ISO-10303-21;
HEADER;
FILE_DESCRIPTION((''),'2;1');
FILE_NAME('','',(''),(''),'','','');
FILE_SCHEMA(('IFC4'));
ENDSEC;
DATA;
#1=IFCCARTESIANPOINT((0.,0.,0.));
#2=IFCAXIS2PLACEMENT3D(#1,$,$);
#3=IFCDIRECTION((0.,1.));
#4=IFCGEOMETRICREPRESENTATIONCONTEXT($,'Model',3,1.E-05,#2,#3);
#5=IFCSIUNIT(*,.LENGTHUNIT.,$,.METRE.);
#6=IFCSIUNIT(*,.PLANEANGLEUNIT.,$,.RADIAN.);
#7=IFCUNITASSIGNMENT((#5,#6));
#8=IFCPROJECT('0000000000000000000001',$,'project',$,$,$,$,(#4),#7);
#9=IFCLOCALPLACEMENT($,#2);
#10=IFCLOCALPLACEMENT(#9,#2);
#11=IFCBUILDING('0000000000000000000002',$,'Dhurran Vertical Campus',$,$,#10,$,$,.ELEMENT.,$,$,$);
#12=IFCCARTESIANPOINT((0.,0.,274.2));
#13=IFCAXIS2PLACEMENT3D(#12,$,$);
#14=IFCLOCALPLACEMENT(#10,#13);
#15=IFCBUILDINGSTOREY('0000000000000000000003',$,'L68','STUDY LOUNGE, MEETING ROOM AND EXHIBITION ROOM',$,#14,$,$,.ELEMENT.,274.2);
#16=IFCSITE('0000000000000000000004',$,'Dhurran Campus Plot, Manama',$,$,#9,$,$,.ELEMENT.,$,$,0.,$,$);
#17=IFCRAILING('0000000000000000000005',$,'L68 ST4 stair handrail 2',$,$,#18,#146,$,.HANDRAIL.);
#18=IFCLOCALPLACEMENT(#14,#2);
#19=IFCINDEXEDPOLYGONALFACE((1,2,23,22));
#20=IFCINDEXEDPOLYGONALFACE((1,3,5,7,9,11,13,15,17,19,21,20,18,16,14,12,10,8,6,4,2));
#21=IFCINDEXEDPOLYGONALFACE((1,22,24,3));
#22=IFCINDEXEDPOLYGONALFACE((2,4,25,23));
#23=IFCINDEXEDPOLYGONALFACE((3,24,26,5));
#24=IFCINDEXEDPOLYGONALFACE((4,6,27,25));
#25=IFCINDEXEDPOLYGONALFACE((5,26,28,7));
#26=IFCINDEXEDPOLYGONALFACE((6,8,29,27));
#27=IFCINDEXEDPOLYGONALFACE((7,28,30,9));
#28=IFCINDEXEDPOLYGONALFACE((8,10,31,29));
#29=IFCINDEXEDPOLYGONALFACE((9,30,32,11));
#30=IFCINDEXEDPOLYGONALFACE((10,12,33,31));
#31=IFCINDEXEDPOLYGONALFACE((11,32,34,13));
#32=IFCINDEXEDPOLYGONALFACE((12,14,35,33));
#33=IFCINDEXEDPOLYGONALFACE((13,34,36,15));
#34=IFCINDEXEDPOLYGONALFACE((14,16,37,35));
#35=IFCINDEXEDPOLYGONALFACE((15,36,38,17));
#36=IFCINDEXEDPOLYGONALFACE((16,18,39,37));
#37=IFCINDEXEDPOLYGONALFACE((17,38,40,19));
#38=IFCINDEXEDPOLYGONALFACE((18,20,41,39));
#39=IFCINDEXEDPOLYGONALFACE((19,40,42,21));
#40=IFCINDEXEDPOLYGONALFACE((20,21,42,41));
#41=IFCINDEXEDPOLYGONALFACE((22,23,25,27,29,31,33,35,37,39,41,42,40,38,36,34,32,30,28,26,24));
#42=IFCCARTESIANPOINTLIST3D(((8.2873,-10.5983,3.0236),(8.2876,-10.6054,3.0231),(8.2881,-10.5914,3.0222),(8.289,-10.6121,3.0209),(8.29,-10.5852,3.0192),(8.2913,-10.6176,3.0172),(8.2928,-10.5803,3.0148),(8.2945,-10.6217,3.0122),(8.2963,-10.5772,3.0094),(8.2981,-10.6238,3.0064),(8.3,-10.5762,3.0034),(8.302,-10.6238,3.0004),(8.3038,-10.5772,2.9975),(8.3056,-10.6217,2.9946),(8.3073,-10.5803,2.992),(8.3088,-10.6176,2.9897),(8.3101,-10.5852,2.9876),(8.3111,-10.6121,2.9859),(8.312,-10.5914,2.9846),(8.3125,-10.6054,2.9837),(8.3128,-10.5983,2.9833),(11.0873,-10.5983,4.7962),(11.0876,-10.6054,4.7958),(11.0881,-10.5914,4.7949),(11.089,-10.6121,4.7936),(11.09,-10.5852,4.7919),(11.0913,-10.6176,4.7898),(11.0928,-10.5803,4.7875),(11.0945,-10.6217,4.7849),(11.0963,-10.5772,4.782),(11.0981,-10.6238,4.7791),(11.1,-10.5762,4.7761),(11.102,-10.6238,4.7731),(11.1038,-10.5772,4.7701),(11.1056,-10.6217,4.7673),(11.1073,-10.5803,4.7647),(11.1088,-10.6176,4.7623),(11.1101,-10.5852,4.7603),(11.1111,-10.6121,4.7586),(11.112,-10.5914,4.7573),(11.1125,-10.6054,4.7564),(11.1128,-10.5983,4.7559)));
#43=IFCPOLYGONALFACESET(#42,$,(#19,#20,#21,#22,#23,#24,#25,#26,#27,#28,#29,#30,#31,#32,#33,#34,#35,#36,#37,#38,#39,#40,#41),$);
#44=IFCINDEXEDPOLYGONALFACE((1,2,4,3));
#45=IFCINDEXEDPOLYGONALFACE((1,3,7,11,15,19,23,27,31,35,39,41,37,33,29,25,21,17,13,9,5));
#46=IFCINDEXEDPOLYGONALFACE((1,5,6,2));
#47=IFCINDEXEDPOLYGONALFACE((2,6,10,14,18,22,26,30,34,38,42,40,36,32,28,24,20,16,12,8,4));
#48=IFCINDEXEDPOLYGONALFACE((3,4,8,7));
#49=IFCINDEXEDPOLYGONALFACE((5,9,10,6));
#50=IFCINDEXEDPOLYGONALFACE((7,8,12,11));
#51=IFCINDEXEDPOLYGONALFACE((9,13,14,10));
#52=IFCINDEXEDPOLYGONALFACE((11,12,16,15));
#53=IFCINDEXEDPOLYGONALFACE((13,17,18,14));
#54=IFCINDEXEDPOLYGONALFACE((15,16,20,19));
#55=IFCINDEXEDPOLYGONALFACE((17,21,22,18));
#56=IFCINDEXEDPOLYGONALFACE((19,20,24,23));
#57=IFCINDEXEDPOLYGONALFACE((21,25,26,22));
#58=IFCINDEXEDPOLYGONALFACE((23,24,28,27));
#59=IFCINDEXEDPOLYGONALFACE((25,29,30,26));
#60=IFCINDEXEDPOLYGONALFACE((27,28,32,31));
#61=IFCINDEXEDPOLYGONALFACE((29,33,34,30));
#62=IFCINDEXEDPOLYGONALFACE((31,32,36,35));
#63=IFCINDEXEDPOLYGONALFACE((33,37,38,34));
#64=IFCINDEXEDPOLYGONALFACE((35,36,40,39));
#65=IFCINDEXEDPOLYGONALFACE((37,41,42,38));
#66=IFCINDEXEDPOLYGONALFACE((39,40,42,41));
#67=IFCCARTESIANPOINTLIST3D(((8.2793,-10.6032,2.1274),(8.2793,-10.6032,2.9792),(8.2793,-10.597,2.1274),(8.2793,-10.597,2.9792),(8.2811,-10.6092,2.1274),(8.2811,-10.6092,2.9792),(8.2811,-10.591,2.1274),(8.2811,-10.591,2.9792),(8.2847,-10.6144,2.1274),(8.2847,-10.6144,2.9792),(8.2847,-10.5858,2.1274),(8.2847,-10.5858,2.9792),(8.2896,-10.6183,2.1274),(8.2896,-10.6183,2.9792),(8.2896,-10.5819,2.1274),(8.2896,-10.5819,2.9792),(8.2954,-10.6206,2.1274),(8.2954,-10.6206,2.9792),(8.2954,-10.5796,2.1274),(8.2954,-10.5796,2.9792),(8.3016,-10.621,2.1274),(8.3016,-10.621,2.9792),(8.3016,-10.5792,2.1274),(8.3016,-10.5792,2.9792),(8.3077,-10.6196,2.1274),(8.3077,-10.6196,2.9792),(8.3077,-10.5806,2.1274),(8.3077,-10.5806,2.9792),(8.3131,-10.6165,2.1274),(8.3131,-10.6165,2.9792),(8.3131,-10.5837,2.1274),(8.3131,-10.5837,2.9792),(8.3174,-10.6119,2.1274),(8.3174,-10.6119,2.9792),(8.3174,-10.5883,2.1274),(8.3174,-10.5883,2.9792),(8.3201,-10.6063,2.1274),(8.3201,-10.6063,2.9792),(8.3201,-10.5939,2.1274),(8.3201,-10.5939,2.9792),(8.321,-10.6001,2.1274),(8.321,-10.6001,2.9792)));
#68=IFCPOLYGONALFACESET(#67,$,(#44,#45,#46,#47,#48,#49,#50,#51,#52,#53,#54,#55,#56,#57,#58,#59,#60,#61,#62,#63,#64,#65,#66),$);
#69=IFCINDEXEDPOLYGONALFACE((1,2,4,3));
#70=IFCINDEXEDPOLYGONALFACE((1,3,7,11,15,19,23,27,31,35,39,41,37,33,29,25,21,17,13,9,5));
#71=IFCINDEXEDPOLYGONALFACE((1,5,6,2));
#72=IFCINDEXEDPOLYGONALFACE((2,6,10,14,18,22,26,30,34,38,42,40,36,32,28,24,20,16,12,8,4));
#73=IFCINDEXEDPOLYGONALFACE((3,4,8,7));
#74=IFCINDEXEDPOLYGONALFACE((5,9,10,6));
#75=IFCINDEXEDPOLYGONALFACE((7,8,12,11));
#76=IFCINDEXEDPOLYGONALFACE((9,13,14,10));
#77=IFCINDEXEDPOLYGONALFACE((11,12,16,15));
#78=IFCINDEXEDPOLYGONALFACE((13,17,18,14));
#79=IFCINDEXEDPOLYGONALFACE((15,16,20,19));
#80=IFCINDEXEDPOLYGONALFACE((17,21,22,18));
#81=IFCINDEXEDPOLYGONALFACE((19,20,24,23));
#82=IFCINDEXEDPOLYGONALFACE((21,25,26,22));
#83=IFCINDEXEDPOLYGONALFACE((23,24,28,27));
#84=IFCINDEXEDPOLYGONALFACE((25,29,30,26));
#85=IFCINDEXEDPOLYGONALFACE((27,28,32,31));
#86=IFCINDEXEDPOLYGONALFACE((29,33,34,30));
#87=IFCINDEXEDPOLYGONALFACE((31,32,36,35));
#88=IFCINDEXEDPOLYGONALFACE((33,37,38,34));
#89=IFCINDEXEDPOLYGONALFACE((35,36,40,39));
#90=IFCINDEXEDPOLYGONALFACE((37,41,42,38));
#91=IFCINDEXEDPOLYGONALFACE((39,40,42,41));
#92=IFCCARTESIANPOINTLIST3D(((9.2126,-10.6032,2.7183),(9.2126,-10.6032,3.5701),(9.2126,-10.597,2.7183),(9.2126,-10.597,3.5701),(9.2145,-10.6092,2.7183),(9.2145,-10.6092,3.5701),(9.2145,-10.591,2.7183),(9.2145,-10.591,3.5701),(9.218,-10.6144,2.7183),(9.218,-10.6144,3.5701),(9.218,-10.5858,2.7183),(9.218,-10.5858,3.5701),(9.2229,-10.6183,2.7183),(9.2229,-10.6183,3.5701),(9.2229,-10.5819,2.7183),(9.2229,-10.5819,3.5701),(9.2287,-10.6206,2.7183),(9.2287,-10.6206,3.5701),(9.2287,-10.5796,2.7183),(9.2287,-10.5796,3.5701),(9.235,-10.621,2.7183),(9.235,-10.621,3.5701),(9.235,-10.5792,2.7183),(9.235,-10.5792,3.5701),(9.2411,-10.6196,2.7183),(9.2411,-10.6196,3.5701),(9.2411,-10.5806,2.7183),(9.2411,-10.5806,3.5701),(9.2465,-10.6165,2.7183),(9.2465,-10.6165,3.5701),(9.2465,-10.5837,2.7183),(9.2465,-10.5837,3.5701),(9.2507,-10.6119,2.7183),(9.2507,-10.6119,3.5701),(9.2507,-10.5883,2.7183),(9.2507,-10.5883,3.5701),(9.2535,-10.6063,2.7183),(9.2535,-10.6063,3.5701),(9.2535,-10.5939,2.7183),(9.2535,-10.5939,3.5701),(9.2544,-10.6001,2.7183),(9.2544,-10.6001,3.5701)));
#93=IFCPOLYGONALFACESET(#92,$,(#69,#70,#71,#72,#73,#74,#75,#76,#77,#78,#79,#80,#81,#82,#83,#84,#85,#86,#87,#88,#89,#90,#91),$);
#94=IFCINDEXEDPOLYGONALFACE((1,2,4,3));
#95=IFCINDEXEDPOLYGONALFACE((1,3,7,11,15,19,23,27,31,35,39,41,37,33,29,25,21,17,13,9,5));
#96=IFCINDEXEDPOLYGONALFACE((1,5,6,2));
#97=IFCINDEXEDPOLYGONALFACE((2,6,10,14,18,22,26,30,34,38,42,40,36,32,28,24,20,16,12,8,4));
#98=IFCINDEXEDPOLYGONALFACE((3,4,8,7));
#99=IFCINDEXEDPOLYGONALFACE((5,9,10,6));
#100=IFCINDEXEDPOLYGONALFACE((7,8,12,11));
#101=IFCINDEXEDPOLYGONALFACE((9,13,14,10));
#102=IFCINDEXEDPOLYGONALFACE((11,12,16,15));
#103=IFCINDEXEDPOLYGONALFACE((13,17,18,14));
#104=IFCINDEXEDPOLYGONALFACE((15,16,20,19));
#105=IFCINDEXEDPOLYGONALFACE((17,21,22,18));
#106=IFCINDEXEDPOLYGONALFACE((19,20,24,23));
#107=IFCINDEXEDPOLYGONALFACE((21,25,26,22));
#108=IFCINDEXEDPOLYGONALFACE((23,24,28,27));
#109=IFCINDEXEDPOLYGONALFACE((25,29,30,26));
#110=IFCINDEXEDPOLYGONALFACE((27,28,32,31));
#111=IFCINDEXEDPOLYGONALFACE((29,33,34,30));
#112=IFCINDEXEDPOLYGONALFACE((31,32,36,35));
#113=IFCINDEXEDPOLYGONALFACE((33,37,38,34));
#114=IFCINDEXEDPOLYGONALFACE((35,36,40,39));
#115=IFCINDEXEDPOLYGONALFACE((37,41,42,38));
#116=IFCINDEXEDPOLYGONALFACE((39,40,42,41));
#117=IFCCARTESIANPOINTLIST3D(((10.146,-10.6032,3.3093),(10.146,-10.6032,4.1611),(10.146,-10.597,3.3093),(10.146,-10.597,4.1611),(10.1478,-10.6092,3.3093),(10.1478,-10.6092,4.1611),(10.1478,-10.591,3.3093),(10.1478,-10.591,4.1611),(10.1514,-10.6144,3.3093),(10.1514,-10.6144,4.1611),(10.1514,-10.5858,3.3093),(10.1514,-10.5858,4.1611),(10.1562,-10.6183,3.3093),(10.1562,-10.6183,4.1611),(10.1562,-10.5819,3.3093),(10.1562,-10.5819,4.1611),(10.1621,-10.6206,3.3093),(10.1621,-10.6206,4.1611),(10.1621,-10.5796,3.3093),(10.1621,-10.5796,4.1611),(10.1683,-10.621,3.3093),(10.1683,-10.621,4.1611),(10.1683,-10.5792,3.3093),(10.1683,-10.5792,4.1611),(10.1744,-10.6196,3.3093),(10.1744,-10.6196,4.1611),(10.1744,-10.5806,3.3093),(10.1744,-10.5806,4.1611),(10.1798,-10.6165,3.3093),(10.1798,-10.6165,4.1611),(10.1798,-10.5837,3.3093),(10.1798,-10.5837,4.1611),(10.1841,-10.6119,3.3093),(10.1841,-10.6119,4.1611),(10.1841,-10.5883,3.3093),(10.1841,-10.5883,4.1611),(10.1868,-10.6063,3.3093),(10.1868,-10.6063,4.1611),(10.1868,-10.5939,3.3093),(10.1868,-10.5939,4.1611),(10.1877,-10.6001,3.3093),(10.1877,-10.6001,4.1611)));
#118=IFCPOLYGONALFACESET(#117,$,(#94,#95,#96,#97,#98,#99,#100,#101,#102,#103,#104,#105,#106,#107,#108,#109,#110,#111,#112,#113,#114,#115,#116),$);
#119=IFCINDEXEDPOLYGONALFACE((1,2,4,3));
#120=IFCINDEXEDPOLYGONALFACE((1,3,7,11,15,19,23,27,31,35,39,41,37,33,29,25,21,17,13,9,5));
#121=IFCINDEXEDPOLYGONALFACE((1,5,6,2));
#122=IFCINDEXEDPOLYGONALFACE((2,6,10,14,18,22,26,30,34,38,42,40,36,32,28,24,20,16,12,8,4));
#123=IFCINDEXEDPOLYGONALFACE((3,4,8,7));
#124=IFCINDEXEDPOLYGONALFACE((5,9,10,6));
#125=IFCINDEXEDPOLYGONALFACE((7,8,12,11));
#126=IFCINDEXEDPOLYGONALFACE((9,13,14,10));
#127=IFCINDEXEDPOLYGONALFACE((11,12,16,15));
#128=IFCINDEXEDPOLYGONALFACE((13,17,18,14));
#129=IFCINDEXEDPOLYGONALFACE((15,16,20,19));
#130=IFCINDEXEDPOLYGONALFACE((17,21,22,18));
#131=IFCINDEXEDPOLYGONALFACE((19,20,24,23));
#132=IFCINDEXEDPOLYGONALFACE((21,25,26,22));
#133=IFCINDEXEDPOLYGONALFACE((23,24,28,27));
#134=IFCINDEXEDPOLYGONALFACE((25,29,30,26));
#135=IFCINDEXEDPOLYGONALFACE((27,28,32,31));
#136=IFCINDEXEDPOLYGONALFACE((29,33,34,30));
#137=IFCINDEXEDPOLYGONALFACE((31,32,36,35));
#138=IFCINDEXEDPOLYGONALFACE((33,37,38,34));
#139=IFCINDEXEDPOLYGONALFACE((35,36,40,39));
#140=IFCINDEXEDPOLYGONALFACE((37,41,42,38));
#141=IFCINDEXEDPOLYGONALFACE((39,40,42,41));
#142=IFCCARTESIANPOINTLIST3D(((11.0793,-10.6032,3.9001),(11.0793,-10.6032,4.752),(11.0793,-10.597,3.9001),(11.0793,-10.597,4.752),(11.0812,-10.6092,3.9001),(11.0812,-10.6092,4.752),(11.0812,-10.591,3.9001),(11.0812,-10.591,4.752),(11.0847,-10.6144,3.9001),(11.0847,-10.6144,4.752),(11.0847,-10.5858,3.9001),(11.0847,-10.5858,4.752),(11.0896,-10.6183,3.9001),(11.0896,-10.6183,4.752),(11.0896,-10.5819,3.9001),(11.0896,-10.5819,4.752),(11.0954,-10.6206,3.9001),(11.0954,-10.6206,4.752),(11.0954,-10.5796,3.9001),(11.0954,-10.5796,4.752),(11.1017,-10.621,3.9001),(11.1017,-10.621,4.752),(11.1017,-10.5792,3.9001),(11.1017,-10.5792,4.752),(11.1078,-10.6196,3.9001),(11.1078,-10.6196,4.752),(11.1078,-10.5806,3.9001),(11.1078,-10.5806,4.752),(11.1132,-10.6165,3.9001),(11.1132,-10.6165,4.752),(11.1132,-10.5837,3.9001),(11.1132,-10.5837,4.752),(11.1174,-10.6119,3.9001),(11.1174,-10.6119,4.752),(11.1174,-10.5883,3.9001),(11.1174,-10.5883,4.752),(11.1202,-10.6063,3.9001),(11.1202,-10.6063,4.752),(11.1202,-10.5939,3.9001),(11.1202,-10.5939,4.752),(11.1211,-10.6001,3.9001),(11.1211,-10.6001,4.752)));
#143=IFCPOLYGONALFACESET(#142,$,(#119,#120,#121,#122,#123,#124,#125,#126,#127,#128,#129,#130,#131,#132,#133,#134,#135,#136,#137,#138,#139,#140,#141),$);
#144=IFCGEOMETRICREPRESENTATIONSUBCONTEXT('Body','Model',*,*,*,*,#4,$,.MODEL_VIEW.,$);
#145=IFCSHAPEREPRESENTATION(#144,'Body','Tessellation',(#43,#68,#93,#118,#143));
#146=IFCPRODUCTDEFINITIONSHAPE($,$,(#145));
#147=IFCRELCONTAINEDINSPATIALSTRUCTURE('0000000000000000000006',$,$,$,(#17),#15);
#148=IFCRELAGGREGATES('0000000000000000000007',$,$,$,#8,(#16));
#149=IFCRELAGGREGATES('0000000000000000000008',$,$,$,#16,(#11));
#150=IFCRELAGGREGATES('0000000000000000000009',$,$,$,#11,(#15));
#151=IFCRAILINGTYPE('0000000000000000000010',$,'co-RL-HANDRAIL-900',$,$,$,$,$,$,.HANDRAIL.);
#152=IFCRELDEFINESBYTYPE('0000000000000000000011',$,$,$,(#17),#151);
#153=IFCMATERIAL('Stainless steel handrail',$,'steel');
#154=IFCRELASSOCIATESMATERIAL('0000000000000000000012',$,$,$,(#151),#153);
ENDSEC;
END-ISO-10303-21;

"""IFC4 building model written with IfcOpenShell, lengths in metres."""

from ifc_helpers import new_model, si_unit, direction, frame, origin, origin_2d, place, context, subcontext, project, spatial, circle, extrude, material, type_object, element, save


model = new_model("IFC4")

# Units and contexts
model_context = context("Model", 3, precision=1e-05, world=origin(), true_north=direction((0.0, 1.0)))
body_context = subcontext(model_context, "Body", "Model", "MODEL_VIEW")
ifc_project = project(units=[si_unit("LENGTHUNIT", "METRE"), si_unit("PLANEANGLEUNIT", "RADIAN")], contexts=[model_context])

# Site, building, storey
site_placement = place(None, origin())
site = spatial("IfcSite", under=ifc_project, at=site_placement, Name="Dhurran Campus Plot, Manama", CompositionType="ELEMENT", RefElevation=0.0)
building_placement = place(site_placement, origin())
building = spatial("IfcBuilding", under=site, at=building_placement, Name="Dhurran Vertical Campus", CompositionType="ELEMENT")
storey_placement = place(building_placement, frame((0.0, 0.0, 274.2)))
storey = spatial("IfcBuildingStorey", under=building, at=storey_placement, Name="L68", Description="STUDY LOUNGE, MEETING ROOM AND EXHIBITION ROOM", CompositionType="ELEMENT", Elevation=274.2)

# Railing
ifc_material_1 = material(Name="Stainless steel handrail", Category="steel")
railing_type_1 = type_object("IfcRailingType", Name="co-RL-HANDRAIL-900", PredefinedType="HANDRAIL", material=ifc_material_1)
railing_1_placement = place(storey_placement, frame((8.3, -10.6001, 2.1274)))
element("IfcRailing", 1, at=railing_1_placement, inside=storey, type_object=railing_type_1, Name="L68 ST4 stair handrail 2", PredefinedType="HANDRAIL", context=body_context, shape_type="SweptSolid", body=[
    extrude(circle(Radius=0.0239, at=origin_2d()), frame((0.0, 0.0, 0.876), z_axis=(0.844909, 0.0, 0.53491), x_axis=(0.0, 1.0, 0.0)), (0.0, 0.0, 1.0), 3.314),
    extrude(circle(Radius=0.021, at=origin_2d()), origin(), (0.0, 0.0, 1.0), 0.8518),
    extrude(circle(Radius=0.021, at=origin_2d()), frame((0.9333, 0.0, 0.5908)), (0.0, 0.0, 1.0), 0.8518),
    extrude(circle(Radius=0.021, at=origin_2d()), frame((1.8667, 0.0, 1.1819)), (0.0, 0.0, 1.0), 0.8518),
    extrude(circle(Radius=0.021, at=origin_2d()), frame((2.8, 0.0, 1.7727)), (0.0, 0.0, 1.0), 0.8518),
])

save(model, "model.ifc")
